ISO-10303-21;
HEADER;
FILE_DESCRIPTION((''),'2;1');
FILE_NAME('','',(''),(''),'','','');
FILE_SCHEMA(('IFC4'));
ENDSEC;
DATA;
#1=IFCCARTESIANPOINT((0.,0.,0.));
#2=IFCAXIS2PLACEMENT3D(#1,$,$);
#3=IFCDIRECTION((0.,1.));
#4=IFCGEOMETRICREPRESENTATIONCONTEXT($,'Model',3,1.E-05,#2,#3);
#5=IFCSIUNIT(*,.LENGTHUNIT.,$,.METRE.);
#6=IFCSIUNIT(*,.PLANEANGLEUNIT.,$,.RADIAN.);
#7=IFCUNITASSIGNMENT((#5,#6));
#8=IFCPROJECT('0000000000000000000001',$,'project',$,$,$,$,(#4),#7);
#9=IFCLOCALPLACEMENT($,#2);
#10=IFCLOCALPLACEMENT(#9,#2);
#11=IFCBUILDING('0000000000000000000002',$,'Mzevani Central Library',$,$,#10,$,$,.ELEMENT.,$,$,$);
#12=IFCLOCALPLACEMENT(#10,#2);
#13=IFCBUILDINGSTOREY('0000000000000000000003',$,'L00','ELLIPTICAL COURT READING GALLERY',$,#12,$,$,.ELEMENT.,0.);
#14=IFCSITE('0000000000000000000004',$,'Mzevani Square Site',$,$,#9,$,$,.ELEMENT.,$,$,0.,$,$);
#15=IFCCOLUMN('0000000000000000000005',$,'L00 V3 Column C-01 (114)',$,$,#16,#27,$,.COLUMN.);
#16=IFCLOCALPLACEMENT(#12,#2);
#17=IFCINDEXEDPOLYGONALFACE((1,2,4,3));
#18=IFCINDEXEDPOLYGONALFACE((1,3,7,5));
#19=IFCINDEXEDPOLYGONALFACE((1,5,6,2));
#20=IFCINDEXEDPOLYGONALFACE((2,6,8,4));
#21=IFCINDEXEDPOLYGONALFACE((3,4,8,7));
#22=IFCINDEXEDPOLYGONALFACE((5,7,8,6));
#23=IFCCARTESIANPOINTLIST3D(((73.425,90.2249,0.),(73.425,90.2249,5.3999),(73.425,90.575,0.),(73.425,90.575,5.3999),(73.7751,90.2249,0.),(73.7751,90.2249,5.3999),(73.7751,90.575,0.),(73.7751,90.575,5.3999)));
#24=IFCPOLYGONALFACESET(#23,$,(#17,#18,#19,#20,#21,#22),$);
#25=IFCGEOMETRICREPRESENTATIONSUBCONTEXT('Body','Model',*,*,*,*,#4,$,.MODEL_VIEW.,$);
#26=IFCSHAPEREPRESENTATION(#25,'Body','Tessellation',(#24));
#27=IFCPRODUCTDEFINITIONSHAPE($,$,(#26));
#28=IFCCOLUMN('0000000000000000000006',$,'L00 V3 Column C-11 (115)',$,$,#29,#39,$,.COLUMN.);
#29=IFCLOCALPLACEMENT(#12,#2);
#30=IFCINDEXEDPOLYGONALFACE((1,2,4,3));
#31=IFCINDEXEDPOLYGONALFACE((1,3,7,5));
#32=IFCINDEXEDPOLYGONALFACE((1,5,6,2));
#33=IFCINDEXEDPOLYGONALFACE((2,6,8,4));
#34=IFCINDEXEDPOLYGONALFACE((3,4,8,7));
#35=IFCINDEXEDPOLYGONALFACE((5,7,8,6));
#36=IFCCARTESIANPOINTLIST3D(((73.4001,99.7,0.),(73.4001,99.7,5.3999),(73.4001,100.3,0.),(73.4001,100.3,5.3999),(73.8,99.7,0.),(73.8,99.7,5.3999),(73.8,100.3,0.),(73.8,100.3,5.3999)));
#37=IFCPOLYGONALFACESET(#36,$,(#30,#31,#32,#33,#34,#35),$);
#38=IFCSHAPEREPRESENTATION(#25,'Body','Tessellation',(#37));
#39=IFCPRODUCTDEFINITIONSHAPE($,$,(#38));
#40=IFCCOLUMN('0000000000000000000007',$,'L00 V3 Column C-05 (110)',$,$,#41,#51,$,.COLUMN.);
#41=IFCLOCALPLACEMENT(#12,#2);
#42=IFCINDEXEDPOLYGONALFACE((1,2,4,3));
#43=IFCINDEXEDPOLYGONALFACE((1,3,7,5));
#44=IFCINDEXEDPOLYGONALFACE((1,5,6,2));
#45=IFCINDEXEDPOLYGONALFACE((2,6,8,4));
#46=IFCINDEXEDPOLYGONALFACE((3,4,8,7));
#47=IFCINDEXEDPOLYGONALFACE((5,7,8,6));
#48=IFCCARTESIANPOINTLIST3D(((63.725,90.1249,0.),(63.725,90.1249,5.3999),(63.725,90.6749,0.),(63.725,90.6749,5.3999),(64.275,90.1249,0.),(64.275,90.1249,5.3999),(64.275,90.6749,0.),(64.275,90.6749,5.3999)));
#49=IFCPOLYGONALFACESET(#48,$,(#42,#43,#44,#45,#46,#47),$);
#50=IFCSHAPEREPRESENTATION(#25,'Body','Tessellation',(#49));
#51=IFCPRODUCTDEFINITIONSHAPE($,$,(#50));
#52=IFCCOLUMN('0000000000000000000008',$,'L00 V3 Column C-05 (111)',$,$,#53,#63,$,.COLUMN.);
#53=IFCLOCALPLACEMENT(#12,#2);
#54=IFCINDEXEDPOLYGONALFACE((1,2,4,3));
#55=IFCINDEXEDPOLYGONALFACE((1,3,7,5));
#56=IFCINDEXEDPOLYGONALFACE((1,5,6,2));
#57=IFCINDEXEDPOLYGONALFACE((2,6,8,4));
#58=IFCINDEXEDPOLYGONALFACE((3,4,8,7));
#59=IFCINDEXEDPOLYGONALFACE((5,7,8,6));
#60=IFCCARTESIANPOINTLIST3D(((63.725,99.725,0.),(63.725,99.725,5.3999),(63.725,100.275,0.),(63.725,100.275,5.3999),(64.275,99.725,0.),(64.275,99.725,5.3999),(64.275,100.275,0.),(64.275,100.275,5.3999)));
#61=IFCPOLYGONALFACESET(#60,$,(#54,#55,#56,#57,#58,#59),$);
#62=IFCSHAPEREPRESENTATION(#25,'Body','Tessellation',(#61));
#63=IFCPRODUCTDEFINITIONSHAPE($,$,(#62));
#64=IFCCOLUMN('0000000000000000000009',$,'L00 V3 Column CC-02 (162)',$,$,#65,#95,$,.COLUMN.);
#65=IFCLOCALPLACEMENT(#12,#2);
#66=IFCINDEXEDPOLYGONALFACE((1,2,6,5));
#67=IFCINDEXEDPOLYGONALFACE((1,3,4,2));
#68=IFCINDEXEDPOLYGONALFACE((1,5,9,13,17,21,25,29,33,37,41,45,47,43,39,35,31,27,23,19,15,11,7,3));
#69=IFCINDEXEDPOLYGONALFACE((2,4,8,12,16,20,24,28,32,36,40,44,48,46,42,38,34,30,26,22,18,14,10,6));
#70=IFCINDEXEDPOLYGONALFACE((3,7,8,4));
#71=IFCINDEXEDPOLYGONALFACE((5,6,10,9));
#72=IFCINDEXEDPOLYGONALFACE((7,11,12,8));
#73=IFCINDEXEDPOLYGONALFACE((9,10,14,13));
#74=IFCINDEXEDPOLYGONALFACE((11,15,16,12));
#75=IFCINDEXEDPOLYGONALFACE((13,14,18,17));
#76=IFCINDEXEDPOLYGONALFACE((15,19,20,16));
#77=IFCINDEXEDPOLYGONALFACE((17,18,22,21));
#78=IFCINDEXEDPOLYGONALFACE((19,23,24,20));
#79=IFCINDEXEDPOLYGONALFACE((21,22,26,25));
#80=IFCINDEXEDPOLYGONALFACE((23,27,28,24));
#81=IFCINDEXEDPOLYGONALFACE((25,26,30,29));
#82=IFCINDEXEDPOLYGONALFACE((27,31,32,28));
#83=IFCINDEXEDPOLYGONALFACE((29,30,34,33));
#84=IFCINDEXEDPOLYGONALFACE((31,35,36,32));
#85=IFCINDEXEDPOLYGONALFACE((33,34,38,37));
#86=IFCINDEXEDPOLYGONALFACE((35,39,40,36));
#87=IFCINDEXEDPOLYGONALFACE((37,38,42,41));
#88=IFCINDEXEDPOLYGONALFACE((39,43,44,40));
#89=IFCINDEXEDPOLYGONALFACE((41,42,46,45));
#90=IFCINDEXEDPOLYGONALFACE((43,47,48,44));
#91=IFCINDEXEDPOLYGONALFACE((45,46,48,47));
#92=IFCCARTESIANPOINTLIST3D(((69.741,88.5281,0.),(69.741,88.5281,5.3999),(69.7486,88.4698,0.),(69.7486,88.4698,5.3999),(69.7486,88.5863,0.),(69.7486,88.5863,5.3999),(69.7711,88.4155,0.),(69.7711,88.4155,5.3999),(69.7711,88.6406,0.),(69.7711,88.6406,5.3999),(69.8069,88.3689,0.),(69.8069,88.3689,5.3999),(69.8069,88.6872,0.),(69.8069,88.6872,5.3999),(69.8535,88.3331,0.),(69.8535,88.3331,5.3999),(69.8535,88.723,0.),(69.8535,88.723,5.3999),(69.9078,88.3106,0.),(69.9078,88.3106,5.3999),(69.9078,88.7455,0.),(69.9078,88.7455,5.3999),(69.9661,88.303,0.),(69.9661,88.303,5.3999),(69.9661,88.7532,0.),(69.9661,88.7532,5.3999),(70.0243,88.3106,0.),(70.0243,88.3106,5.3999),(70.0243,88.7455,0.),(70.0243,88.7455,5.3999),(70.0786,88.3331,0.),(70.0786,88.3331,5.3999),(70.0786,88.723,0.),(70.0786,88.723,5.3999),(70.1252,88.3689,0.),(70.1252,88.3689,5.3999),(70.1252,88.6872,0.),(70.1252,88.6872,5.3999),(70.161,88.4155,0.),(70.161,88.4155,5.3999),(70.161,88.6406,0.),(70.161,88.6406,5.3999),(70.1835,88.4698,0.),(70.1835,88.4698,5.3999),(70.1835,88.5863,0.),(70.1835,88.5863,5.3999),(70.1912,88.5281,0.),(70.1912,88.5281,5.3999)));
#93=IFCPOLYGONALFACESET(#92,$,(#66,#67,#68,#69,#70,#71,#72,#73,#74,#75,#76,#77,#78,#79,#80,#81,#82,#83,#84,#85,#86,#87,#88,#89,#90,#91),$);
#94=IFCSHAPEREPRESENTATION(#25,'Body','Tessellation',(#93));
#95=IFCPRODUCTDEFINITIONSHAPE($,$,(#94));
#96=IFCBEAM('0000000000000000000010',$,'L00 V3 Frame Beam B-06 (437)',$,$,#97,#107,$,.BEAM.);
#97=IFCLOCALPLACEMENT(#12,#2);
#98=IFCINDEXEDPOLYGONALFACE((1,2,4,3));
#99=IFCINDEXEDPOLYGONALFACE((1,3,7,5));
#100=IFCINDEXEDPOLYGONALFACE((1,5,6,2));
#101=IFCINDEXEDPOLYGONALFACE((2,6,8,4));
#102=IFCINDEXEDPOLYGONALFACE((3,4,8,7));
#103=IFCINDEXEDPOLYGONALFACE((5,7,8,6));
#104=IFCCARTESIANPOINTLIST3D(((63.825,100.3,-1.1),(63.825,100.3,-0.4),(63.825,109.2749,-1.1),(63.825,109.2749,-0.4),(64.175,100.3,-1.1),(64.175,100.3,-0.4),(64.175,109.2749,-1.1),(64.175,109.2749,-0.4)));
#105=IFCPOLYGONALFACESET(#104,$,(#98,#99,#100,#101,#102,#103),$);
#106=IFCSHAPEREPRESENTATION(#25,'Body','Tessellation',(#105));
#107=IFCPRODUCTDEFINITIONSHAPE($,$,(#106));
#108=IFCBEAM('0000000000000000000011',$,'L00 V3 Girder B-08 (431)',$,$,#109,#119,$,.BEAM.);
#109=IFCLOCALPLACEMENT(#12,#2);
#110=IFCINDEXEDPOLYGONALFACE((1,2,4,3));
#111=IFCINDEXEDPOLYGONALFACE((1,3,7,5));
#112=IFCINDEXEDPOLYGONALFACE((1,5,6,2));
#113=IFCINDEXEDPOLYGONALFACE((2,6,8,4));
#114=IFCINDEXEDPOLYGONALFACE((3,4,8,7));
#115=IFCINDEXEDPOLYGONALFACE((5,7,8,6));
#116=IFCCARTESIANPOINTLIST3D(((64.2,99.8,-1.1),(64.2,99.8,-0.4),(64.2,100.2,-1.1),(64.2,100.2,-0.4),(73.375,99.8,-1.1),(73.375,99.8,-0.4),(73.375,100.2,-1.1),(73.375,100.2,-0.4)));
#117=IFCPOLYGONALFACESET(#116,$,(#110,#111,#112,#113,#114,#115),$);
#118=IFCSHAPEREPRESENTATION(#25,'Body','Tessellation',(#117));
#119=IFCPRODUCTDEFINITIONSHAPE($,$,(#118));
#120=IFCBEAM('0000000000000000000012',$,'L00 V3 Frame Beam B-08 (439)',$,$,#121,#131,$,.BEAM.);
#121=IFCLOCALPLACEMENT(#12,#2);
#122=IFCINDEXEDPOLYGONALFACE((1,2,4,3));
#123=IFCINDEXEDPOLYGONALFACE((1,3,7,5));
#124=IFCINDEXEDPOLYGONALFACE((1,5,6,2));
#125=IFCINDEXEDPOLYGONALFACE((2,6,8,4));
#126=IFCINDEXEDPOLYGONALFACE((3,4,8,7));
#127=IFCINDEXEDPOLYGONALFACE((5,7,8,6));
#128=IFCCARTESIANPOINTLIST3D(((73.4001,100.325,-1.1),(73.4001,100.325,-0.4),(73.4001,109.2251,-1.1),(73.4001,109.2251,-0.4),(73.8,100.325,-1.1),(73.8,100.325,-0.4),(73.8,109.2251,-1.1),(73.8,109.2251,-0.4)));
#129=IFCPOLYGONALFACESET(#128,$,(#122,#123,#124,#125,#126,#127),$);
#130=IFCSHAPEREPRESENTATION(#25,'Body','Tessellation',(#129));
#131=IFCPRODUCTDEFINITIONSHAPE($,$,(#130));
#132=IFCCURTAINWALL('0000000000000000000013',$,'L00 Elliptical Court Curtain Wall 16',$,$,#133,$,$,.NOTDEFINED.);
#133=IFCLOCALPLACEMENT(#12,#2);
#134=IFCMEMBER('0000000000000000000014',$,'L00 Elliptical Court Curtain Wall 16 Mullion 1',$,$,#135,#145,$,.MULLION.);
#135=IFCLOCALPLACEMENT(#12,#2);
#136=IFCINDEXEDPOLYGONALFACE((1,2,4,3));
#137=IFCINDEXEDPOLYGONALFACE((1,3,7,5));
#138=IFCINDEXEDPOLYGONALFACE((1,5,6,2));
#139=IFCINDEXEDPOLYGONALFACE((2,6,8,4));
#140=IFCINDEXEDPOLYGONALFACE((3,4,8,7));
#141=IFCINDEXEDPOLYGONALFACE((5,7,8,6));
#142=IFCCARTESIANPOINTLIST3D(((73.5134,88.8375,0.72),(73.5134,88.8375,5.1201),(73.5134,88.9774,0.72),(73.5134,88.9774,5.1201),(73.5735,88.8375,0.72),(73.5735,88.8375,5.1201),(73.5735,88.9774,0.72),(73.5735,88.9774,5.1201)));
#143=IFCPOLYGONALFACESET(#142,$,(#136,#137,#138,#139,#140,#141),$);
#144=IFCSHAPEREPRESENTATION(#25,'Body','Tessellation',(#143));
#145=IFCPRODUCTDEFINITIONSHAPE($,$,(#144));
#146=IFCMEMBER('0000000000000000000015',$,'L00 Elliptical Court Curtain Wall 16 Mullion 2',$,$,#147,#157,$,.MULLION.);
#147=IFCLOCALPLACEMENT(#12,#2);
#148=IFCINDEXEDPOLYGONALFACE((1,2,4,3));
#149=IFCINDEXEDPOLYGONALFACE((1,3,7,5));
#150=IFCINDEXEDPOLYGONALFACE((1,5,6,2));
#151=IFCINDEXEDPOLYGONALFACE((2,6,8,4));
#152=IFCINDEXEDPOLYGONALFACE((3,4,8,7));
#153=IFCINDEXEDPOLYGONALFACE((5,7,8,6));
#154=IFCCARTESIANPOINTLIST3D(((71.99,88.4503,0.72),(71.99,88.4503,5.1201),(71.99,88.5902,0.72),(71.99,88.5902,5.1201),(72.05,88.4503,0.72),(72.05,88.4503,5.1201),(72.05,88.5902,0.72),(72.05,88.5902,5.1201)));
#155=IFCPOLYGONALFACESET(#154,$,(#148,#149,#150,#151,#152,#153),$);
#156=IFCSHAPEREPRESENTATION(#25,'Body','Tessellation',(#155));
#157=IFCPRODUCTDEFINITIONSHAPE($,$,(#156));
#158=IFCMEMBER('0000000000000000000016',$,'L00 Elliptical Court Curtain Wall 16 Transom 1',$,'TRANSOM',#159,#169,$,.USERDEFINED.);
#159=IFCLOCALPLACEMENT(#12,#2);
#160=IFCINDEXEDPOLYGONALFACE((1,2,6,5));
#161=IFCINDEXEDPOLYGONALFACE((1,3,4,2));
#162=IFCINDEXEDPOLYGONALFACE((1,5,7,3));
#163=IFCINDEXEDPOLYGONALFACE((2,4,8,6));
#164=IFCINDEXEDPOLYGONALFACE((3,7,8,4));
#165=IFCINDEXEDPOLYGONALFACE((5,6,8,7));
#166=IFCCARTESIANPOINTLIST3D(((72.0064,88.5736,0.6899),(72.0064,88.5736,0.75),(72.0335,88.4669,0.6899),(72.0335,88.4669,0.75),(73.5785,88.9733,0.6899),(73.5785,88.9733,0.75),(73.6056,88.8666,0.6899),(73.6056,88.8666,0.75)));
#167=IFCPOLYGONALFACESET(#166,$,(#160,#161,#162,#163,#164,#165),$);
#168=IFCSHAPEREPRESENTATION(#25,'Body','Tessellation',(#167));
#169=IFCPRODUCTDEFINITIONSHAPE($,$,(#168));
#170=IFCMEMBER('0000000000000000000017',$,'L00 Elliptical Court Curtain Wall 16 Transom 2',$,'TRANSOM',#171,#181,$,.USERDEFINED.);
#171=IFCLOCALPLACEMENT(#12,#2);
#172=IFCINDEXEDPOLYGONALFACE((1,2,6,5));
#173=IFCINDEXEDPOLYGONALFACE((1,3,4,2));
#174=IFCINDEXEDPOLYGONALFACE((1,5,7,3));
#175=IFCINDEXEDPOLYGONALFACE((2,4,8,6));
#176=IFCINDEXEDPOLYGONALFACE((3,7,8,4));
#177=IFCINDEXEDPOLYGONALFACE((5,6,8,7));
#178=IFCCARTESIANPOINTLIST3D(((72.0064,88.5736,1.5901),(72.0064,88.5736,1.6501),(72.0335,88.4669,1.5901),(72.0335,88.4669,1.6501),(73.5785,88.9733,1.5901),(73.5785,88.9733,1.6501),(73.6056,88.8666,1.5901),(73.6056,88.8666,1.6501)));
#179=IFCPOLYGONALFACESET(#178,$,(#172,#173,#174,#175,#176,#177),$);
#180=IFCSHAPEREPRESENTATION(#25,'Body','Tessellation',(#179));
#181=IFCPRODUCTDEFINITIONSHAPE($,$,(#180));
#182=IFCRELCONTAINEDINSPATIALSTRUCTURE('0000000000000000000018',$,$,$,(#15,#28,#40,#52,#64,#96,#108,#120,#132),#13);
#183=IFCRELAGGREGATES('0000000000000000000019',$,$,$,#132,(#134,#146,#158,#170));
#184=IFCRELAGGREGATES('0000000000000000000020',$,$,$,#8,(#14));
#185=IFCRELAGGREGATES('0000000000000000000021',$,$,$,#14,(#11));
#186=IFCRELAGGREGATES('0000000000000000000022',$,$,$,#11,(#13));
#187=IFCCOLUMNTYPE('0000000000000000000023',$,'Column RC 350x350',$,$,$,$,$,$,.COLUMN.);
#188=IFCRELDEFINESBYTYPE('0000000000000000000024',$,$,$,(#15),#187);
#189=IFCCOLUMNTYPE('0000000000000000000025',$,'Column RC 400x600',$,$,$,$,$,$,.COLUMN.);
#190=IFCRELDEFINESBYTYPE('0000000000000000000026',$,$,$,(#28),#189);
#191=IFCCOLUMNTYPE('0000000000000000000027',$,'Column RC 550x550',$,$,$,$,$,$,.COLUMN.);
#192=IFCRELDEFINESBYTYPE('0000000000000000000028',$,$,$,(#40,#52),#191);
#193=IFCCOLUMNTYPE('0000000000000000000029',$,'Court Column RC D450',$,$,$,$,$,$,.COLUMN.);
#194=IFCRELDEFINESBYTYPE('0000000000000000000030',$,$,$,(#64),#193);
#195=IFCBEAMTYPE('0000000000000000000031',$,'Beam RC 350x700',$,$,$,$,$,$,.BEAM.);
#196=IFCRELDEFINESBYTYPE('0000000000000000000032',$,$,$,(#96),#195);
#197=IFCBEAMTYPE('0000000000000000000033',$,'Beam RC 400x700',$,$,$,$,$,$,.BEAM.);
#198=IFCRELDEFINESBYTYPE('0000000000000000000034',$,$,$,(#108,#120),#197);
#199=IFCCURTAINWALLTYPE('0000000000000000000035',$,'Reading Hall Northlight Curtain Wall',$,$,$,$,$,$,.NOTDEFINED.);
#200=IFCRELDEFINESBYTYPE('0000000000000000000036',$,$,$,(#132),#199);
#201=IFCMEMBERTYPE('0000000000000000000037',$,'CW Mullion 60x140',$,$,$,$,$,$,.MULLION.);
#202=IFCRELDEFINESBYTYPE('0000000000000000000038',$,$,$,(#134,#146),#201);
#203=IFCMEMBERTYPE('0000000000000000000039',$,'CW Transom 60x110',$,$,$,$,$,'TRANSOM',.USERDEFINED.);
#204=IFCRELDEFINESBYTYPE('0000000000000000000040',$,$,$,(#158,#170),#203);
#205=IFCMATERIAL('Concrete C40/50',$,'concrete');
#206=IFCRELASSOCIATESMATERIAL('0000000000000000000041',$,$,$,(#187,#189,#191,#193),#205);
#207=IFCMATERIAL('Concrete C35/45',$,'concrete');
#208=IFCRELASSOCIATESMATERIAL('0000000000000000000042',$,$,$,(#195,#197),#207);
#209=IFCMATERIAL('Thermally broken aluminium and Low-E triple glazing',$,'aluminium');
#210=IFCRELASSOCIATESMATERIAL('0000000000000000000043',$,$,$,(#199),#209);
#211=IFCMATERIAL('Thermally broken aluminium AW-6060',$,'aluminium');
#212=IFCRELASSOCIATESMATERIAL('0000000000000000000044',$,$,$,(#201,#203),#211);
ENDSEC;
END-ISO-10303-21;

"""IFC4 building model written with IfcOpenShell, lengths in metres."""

from ifc_helpers import new_model, si_unit, direction, frame, origin, origin_2d, place, context, subcontext, project, spatial, rectangle, circle, extrude, material, material_profile, profile_set, type_object, element, aggregate, save


model = new_model("IFC4")

# Units and contexts
model_context = context("Model", 3, precision=1e-05, world=origin(), true_north=direction((0.0, 1.0)))
body_context = subcontext(model_context, "Body", "Model", "MODEL_VIEW")
ifc_project = project(units=[si_unit("LENGTHUNIT", "METRE"), si_unit("PLANEANGLEUNIT", "RADIAN")], contexts=[model_context])

# Site, building, storey
site_placement = place(None, origin())
site = spatial("IfcSite", under=ifc_project, at=site_placement, Name="Mzevani Square Site", CompositionType="ELEMENT", RefElevation=0.0)
building_placement = place(site_placement, origin())
building = spatial("IfcBuilding", under=site, at=building_placement, Name="Mzevani Central Library", CompositionType="ELEMENT")
storey_placement = place(building_placement, origin())
storey = spatial("IfcBuildingStorey", under=building, at=storey_placement, Name="L00", Description="ELLIPTICAL COURT READING GALLERY", CompositionType="ELEMENT", Elevation=0.0)

# Columns
ifc_material_1 = material(Name="Concrete C40/50", Category="concrete")
ifc_material_profile_1 = material_profile(ifc_material_1, rectangle(XDim=0.3501, YDim=0.3501, at=origin_2d()), Name="RC 350x350")
ifc_profile_set_1 = profile_set([ifc_material_profile_1], Name="Concrete C40/50")
column_type_1 = type_object("IfcColumnType", Name="Column RC 350x350", PredefinedType="COLUMN", material=ifc_profile_set_1)
column_1_placement = place(storey_placement, frame((73.6001, 90.3999, 0.0), z_axis=(0.0, 0.0, 1.0), x_axis=(1.0, 0.0, 0.0)))
element("IfcColumn", 1, at=column_1_placement, inside=storey, type_object=column_type_1, Name="L00 V3 Column C-01 (114)", PredefinedType="COLUMN", context=body_context, shape_type="SweptSolid", body=[
    extrude(rectangle(XDim=0.3501, YDim=0.3501, at=origin_2d()), origin(), (0.0, 0.0, 1.0), 5.3999),
])
ifc_material_profile_2 = material_profile(ifc_material_1, rectangle(XDim=0.3999, YDim=0.6001, at=origin_2d()), Name="RC 400x600")
ifc_profile_set_2 = profile_set([ifc_material_profile_2], Name="Concrete C40/50")
column_type_2 = type_object("IfcColumnType", Name="Column RC 400x600", PredefinedType="COLUMN", material=ifc_profile_set_2)
column_2_placement = place(storey_placement, frame((73.6001, 100.0, 0.0), z_axis=(0.0, 0.0, 1.0), x_axis=(1.0, 0.0, 0.0)))
element("IfcColumn", 2, at=column_2_placement, inside=storey, type_object=column_type_2, Name="L00 V3 Column C-11 (115)", PredefinedType="COLUMN", context=body_context, shape_type="SweptSolid", body=[
    extrude(rectangle(XDim=0.3999, YDim=0.6001, at=origin_2d()), origin(), (0.0, 0.0, 1.0), 5.3999),
])
ifc_material_profile_3 = material_profile(ifc_material_1, rectangle(XDim=0.55, YDim=0.55, at=origin_2d()), Name="RC 550x550")
ifc_profile_set_3 = profile_set([ifc_material_profile_3], Name="Concrete C40/50")
column_type_3 = type_object("IfcColumnType", Name="Column RC 550x550", PredefinedType="COLUMN", material=ifc_profile_set_3)
for number, where, z_axis, x_axis, name in (
    (3, (64.0, 90.3999, 0.0), (0.0, 0.0, 1.0), (1.0, 0.0, 0.0), "L00 V3 Column C-05 (110)"),
    (4, (64.0, 100.0, 0.0), (0.0, 0.0, 1.0), (1.0, 0.0, 0.0), "L00 V3 Column C-05 (111)"),
):
    element("IfcColumn", number, at=place(storey_placement, frame(where, z_axis=z_axis, x_axis=x_axis)), inside=storey, type_object=column_type_3, Name=name, PredefinedType="COLUMN", context=body_context, shape_type="SweptSolid", body=[
        extrude(rectangle(XDim=0.55, YDim=0.55, at=origin_2d()), origin(), (0.0, 0.0, 1.0), 5.3999),
    ])
ifc_material_profile_4 = material_profile(ifc_material_1, circle(Radius=0.2251, at=origin_2d()), Name="RC D450")
ifc_profile_set_4 = profile_set([ifc_material_profile_4], Name="Concrete C40/50")
column_type_4 = type_object("IfcColumnType", Name="Court Column RC D450", PredefinedType="COLUMN", material=ifc_profile_set_4)
column_3_placement = place(storey_placement, frame((69.9661, 88.5281, 0.0), z_axis=(0.0, 0.0, 1.0), x_axis=(1.0, 0.0, 0.0)))
element("IfcColumn", 5, at=column_3_placement, inside=storey, type_object=column_type_4, Name="L00 V3 Column CC-02 (162)", PredefinedType="COLUMN", context=body_context, shape_type="SweptSolid", body=[
    extrude(circle(Radius=0.2251, at=origin_2d()), origin(), (0.0, 0.0, 1.0), 5.3999),
])

# Beams
ifc_material_2 = material(Name="Concrete C35/45", Category="concrete")
ifc_material_profile_5 = material_profile(ifc_material_2, rectangle(XDim=0.3501, YDim=0.7, at=origin_2d()), Name="RC B350x700")
ifc_profile_set_5 = profile_set([ifc_material_profile_5], Name="Concrete C35/45")
beam_type_1 = type_object("IfcBeamType", Name="Beam RC 350x700", PredefinedType="BEAM", material=ifc_profile_set_5)
beam_1_placement = place(storey_placement, frame((64.0, 100.3, -0.75), z_axis=(0.0, 1.0, 0.0), x_axis=(-1.0, 0.0, 0.0)))
element("IfcBeam", 6, at=beam_1_placement, inside=storey, type_object=beam_type_1, Name="L00 V3 Frame Beam B-06 (437)", PredefinedType="BEAM", context=body_context, shape_type="SweptSolid", body=[
    extrude(rectangle(XDim=0.3501, YDim=0.7, at=origin_2d()), origin(), (0.0, 0.0, 1.0), 8.9749),
])
ifc_material_profile_6 = material_profile(ifc_material_2, rectangle(XDim=0.3999, YDim=0.7, at=origin_2d()), Name="RC B400x700")
ifc_profile_set_6 = profile_set([ifc_material_profile_6], Name="Concrete C35/45")
beam_type_2 = type_object("IfcBeamType", Name="Beam RC 400x700", PredefinedType="BEAM", material=ifc_profile_set_6)
beam_2_placement = place(storey_placement, frame((64.2, 100.0, -0.75), z_axis=(1.0, 0.0, 0.0), x_axis=(0.0, 1.0, 0.0)))
element("IfcBeam", 7, at=beam_2_placement, inside=storey, type_object=beam_type_2, Name="L00 V3 Girder B-08 (431)", PredefinedType="BEAM", context=body_context, shape_type="SweptSolid", body=[
    extrude(rectangle(XDim=0.3999, YDim=0.7, at=origin_2d()), origin(), (0.0, 0.0, 1.0), 9.175),
])
beam_3_placement = place(storey_placement, frame((73.6001, 100.325, -0.75), z_axis=(0.0, 1.0, 0.0), x_axis=(-1.0, 0.0, 0.0)))
element("IfcBeam", 8, at=beam_3_placement, inside=storey, type_object=beam_type_2, Name="L00 V3 Frame Beam B-08 (439)", PredefinedType="BEAM", context=body_context, shape_type="SweptSolid", body=[
    extrude(rectangle(XDim=0.3999, YDim=0.7, at=origin_2d()), origin(), (0.0, 0.0, 1.0), 8.9001),
])

# Curtain wall, members
ifc_material_3 = material(Name="Thermally broken aluminium and Low-E triple glazing", Category="aluminium")
curtain_wall_type = type_object("IfcCurtainWallType", Name="Reading Hall Northlight Curtain Wall", PredefinedType="NOTDEFINED", material=ifc_material_3)
curtain_wall_placement = place(storey_placement, origin())
curtain_wall = element("IfcCurtainWall", 9, at=curtain_wall_placement, inside=storey, type_object=curtain_wall_type, Name="L00 Elliptical Court Curtain Wall 16", PredefinedType="NOTDEFINED")
ifc_material_4 = material(Name="Thermally broken aluminium AW-6060", Category="aluminium")
ifc_material_profile_7 = material_profile(ifc_material_4, rectangle(XDim=0.0601, YDim=0.1399, at=origin_2d()), Name="ALU M60x140")
ifc_profile_set_7 = profile_set([ifc_material_profile_7], Name="Thermally broken aluminium AW-6060")
member_type_1 = type_object("IfcMemberType", Name="CW Mullion 60x140", PredefinedType="MULLION", material=ifc_profile_set_7)
member_1_placement = place(storey_placement, frame((73.5435, 88.9075, 0.72), z_axis=(0.0, 0.0, 1.0), x_axis=(1.0, 0.0, 0.0)))
member_1 = element("IfcMember", 10, at=member_1_placement, type_object=member_type_1, Name="L00 Elliptical Court Curtain Wall 16 Mullion 1", PredefinedType="MULLION", context=body_context, shape_type="SweptSolid", body=[
    extrude(rectangle(XDim=0.0601, YDim=0.1399, at=origin_2d()), origin(), (0.0, 0.0, 1.0), 4.4001),
])
member_2_placement = place(storey_placement, frame((72.02, 88.5203, 0.72), z_axis=(0.0, 0.0, 1.0), x_axis=(1.0, 0.0, 0.0)))
member_2 = element("IfcMember", 11, at=member_2_placement, type_object=member_type_1, Name="L00 Elliptical Court Curtain Wall 16 Mullion 2", PredefinedType="MULLION", context=body_context, shape_type="SweptSolid", body=[
    extrude(rectangle(XDim=0.0601, YDim=0.1399, at=origin_2d()), origin(), (0.0, 0.0, 1.0), 4.4001),
])
ifc_material_profile_8 = material_profile(ifc_material_4, rectangle(XDim=0.1101, YDim=0.0601, at=origin_2d()), Name="ALU T60x110")
ifc_profile_set_8 = profile_set([ifc_material_profile_8], Name="Thermally broken aluminium AW-6060")
member_type_2 = type_object("IfcMemberType", Name="CW Transom 60x110", ElementType="TRANSOM", PredefinedType="USERDEFINED", material=ifc_profile_set_8)
member_3_placement = place(storey_placement, frame((73.592, 88.9199, 0.72), z_axis=(-0.96917, -0.246394, 0.0), x_axis=(0.246394, -0.96917, 0.0)))
member_3 = element("IfcMember", 12, at=member_3_placement, type_object=member_type_2, Name="L00 Elliptical Court Curtain Wall 16 Transom 1", ObjectType="TRANSOM", PredefinedType="USERDEFINED", context=body_context, shape_type="SweptSolid", body=[
    extrude(rectangle(XDim=0.1101, YDim=0.0601, at=origin_2d()), origin(), (0.0, 0.0, 1.0), 1.6221),
])
member_4_placement = place(storey_placement, frame((73.592, 88.9199, 1.6201), z_axis=(-0.96917, -0.246394, 0.0), x_axis=(0.246394, -0.96917, 0.0)))
member_4 = element("IfcMember", 13, at=member_4_placement, type_object=member_type_2, Name="L00 Elliptical Court Curtain Wall 16 Transom 2", ObjectType="TRANSOM", PredefinedType="USERDEFINED", context=body_context, shape_type="SweptSolid", body=[
    extrude(rectangle(XDim=0.1101, YDim=0.0601, at=origin_2d()), origin(), (0.0, 0.0, 1.0), 1.6221),
])

aggregate(curtain_wall, [member_1, member_2, member_3, member_4])

save(model, "model.ifc")
